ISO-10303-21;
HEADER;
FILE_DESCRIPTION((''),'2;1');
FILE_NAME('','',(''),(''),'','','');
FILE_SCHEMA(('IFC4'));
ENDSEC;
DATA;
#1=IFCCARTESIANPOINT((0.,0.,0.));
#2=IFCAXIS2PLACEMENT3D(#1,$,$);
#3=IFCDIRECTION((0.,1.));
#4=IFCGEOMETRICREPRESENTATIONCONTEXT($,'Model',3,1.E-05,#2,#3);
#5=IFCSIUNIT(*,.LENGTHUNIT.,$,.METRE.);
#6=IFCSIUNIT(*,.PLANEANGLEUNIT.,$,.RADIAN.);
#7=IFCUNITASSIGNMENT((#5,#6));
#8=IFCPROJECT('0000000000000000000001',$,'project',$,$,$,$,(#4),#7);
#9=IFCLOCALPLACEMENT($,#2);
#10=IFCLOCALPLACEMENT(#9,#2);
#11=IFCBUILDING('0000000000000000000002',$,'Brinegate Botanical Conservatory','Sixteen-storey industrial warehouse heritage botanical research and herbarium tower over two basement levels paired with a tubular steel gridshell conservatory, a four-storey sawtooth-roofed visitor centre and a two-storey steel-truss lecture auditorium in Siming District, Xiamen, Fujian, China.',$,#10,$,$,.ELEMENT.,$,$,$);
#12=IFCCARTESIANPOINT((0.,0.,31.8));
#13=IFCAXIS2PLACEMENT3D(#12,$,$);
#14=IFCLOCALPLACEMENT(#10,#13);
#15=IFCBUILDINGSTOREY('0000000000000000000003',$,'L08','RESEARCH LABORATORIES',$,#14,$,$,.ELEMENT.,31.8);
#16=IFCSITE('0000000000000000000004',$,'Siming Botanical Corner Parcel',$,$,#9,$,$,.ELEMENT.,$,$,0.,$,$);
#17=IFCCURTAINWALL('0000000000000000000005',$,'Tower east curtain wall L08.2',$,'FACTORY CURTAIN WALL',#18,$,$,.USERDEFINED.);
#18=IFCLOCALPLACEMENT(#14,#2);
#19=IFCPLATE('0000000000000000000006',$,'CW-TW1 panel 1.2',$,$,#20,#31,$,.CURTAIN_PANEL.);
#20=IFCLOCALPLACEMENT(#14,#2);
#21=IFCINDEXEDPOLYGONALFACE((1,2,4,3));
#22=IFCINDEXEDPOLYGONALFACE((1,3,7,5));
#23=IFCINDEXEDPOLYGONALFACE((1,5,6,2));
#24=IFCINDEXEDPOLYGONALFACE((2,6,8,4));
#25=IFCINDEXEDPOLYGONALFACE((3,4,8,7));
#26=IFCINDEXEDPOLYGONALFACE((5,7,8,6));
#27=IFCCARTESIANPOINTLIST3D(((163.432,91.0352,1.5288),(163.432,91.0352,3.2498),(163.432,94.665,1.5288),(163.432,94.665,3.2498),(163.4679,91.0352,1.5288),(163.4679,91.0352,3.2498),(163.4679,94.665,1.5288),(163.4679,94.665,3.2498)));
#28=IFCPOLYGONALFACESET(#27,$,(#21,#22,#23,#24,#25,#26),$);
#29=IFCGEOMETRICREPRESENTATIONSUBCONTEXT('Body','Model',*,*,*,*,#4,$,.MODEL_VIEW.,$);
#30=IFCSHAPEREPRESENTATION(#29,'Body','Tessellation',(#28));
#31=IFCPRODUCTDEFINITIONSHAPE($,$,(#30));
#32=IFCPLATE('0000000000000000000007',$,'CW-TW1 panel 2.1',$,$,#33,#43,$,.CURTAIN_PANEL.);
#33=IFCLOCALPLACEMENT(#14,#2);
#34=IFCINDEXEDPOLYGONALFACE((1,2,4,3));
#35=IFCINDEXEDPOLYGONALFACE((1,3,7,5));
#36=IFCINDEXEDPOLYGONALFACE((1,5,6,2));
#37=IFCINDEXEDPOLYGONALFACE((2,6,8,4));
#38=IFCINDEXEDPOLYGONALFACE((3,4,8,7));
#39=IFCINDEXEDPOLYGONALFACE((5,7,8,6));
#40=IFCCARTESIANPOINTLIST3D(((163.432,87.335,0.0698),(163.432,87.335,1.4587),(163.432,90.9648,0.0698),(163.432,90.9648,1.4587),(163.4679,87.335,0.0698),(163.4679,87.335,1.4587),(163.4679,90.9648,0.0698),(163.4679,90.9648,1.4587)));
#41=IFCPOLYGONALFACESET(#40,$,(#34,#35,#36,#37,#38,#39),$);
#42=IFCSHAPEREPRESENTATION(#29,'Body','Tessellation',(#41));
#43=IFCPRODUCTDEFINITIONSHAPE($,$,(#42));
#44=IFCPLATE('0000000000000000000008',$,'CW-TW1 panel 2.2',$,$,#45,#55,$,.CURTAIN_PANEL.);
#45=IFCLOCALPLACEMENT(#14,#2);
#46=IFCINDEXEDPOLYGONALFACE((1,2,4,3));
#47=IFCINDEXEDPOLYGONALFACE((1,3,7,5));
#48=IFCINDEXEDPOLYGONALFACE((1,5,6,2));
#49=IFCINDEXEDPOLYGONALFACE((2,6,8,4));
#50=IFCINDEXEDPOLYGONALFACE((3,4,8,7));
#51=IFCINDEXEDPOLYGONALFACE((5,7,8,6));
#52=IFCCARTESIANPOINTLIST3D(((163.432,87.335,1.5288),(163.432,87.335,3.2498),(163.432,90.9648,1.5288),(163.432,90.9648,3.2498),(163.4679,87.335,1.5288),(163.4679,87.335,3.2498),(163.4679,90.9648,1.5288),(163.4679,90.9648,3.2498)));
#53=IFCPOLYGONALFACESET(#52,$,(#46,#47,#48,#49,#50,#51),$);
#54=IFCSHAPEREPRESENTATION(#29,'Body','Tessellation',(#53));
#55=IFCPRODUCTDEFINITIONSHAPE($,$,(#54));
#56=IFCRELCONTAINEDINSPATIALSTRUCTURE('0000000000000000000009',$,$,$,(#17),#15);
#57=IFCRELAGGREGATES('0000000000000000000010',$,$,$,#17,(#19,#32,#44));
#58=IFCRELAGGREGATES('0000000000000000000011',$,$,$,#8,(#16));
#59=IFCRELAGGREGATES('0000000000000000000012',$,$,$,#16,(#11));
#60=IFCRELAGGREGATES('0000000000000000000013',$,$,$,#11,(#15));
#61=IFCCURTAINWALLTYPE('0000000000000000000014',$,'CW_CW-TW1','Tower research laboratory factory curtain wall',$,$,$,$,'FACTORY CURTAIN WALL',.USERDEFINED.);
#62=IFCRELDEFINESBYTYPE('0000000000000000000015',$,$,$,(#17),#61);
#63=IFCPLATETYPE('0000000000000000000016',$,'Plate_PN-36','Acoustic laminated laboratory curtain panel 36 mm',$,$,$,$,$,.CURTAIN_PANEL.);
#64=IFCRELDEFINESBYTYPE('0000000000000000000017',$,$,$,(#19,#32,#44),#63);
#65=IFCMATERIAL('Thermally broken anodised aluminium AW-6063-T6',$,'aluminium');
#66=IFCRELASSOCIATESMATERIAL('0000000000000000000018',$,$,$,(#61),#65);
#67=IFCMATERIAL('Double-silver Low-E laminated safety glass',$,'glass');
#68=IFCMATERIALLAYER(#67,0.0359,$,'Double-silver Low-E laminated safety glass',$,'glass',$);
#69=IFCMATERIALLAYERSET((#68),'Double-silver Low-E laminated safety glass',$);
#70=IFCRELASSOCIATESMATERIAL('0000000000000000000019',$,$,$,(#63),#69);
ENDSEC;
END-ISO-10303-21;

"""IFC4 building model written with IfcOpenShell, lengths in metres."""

from ifc_helpers import new_model, si_unit, direction, frame, origin, origin_2d, place, context, subcontext, project, spatial, rectangle, extrude, material, layer, layer_set, type_object, element, aggregate, save


model = new_model("IFC4")

# Units and contexts
model_context = context("Model", 3, precision=1e-05, world=origin(), true_north=direction((0.0, 1.0)))
body_context = subcontext(model_context, "Body", "Model", "MODEL_VIEW")
ifc_project = project(units=[si_unit("LENGTHUNIT", "METRE"), si_unit("PLANEANGLEUNIT", "RADIAN")], contexts=[model_context])

# Site, building, storey
site_placement = place(None, origin())
site = spatial("IfcSite", under=ifc_project, at=site_placement, Name="Siming Botanical Corner Parcel", CompositionType="ELEMENT", RefElevation=0.0)
building_placement = place(site_placement, origin())
building = spatial("IfcBuilding", under=site, at=building_placement, Name="Brinegate Botanical Conservatory", Description="Sixteen-storey industrial warehouse heritage botanical research and herbarium tower over two basement levels paired with a tubular steel gridshell conservatory, a four-storey sawtooth-roofed visitor centre and a two-storey steel-truss lecture auditorium in Siming District, Xiamen, Fujian, China.", CompositionType="ELEMENT")
storey_placement = place(building_placement, frame((0.0, 0.0, 31.8)))
storey = spatial("IfcBuildingStorey", under=building, at=storey_placement, Name="L08", Description="RESEARCH LABORATORIES", CompositionType="ELEMENT", Elevation=31.8)

# Shared definitions
ifc_material_1 = material(Name="Thermally broken anodised aluminium AW-6063-T6", Category="aluminium")
curtain_wall_type = type_object("IfcCurtainWallType", Name="CW_CW-TW1", Description="Tower research laboratory factory curtain wall", ElementType="FACTORY CURTAIN WALL", PredefinedType="USERDEFINED", material=ifc_material_1)

# Curtain wall
curtain_wall_1_placement = place(storey_placement, origin())
curtain_wall_1 = element("IfcCurtainWall", 1, at=curtain_wall_1_placement, inside=storey, type_object=curtain_wall_type, Name="Tower east curtain wall L08.2", ObjectType="FACTORY CURTAIN WALL", PredefinedType="USERDEFINED")

# Plates
ifc_material_2 = material(Name="Double-silver Low-E laminated safety glass", Category="glass")
ifc_layer = layer(ifc_material_2, 0.0359, Name="Double-silver Low-E laminated safety glass", Category="glass")
ifc_layer_set = layer_set([ifc_layer], Name="Double-silver Low-E laminated safety glass")
plate_type = type_object("IfcPlateType", Name="Plate_PN-36", Description="Acoustic laminated laboratory curtain panel 36 mm", PredefinedType="CURTAIN_PANEL", material=ifc_layer_set)
plate_1_placement = place(storey_placement, frame((163.45, 92.8501, 1.5288), z_axis=(0.0, 0.0, 1.0), x_axis=(0.0, -1.0, 0.0)))
plate_1 = element("IfcPlate", 2, at=plate_1_placement, type_object=plate_type, Name="CW-TW1 panel 1.2", PredefinedType="CURTAIN_PANEL", context=body_context, shape_type="SweptSolid", body=[
    extrude(rectangle(XDim=3.6299, YDim=0.0359, at=origin_2d()), origin(), (0.0, 0.0, 1.0), 1.7209),
])
plate_2_placement = place(storey_placement, frame((163.45, 89.1499, 0.0698), z_axis=(0.0, 0.0, 1.0), x_axis=(0.0, -1.0, 0.0)))
plate_2 = element("IfcPlate", 3, at=plate_2_placement, type_object=plate_type, Name="CW-TW1 panel 2.1", PredefinedType="CURTAIN_PANEL", context=body_context, shape_type="SweptSolid", body=[
    extrude(rectangle(XDim=3.6299, YDim=0.0359, at=origin_2d()), origin(), (0.0, 0.0, 1.0), 1.3889),
])
plate_3_placement = place(storey_placement, frame((163.45, 89.1499, 1.5288), z_axis=(0.0, 0.0, 1.0), x_axis=(0.0, -1.0, 0.0)))
plate_3 = element("IfcPlate", 4, at=plate_3_placement, type_object=plate_type, Name="CW-TW1 panel 2.2", PredefinedType="CURTAIN_PANEL", context=body_context, shape_type="SweptSolid", body=[
    extrude(rectangle(XDim=3.6299, YDim=0.0359, at=origin_2d()), origin(), (0.0, 0.0, 1.0), 1.7209),
])
aggregate(curtain_wall_1, [plate_1, plate_2, plate_3])

save(model, "model.ifc")
